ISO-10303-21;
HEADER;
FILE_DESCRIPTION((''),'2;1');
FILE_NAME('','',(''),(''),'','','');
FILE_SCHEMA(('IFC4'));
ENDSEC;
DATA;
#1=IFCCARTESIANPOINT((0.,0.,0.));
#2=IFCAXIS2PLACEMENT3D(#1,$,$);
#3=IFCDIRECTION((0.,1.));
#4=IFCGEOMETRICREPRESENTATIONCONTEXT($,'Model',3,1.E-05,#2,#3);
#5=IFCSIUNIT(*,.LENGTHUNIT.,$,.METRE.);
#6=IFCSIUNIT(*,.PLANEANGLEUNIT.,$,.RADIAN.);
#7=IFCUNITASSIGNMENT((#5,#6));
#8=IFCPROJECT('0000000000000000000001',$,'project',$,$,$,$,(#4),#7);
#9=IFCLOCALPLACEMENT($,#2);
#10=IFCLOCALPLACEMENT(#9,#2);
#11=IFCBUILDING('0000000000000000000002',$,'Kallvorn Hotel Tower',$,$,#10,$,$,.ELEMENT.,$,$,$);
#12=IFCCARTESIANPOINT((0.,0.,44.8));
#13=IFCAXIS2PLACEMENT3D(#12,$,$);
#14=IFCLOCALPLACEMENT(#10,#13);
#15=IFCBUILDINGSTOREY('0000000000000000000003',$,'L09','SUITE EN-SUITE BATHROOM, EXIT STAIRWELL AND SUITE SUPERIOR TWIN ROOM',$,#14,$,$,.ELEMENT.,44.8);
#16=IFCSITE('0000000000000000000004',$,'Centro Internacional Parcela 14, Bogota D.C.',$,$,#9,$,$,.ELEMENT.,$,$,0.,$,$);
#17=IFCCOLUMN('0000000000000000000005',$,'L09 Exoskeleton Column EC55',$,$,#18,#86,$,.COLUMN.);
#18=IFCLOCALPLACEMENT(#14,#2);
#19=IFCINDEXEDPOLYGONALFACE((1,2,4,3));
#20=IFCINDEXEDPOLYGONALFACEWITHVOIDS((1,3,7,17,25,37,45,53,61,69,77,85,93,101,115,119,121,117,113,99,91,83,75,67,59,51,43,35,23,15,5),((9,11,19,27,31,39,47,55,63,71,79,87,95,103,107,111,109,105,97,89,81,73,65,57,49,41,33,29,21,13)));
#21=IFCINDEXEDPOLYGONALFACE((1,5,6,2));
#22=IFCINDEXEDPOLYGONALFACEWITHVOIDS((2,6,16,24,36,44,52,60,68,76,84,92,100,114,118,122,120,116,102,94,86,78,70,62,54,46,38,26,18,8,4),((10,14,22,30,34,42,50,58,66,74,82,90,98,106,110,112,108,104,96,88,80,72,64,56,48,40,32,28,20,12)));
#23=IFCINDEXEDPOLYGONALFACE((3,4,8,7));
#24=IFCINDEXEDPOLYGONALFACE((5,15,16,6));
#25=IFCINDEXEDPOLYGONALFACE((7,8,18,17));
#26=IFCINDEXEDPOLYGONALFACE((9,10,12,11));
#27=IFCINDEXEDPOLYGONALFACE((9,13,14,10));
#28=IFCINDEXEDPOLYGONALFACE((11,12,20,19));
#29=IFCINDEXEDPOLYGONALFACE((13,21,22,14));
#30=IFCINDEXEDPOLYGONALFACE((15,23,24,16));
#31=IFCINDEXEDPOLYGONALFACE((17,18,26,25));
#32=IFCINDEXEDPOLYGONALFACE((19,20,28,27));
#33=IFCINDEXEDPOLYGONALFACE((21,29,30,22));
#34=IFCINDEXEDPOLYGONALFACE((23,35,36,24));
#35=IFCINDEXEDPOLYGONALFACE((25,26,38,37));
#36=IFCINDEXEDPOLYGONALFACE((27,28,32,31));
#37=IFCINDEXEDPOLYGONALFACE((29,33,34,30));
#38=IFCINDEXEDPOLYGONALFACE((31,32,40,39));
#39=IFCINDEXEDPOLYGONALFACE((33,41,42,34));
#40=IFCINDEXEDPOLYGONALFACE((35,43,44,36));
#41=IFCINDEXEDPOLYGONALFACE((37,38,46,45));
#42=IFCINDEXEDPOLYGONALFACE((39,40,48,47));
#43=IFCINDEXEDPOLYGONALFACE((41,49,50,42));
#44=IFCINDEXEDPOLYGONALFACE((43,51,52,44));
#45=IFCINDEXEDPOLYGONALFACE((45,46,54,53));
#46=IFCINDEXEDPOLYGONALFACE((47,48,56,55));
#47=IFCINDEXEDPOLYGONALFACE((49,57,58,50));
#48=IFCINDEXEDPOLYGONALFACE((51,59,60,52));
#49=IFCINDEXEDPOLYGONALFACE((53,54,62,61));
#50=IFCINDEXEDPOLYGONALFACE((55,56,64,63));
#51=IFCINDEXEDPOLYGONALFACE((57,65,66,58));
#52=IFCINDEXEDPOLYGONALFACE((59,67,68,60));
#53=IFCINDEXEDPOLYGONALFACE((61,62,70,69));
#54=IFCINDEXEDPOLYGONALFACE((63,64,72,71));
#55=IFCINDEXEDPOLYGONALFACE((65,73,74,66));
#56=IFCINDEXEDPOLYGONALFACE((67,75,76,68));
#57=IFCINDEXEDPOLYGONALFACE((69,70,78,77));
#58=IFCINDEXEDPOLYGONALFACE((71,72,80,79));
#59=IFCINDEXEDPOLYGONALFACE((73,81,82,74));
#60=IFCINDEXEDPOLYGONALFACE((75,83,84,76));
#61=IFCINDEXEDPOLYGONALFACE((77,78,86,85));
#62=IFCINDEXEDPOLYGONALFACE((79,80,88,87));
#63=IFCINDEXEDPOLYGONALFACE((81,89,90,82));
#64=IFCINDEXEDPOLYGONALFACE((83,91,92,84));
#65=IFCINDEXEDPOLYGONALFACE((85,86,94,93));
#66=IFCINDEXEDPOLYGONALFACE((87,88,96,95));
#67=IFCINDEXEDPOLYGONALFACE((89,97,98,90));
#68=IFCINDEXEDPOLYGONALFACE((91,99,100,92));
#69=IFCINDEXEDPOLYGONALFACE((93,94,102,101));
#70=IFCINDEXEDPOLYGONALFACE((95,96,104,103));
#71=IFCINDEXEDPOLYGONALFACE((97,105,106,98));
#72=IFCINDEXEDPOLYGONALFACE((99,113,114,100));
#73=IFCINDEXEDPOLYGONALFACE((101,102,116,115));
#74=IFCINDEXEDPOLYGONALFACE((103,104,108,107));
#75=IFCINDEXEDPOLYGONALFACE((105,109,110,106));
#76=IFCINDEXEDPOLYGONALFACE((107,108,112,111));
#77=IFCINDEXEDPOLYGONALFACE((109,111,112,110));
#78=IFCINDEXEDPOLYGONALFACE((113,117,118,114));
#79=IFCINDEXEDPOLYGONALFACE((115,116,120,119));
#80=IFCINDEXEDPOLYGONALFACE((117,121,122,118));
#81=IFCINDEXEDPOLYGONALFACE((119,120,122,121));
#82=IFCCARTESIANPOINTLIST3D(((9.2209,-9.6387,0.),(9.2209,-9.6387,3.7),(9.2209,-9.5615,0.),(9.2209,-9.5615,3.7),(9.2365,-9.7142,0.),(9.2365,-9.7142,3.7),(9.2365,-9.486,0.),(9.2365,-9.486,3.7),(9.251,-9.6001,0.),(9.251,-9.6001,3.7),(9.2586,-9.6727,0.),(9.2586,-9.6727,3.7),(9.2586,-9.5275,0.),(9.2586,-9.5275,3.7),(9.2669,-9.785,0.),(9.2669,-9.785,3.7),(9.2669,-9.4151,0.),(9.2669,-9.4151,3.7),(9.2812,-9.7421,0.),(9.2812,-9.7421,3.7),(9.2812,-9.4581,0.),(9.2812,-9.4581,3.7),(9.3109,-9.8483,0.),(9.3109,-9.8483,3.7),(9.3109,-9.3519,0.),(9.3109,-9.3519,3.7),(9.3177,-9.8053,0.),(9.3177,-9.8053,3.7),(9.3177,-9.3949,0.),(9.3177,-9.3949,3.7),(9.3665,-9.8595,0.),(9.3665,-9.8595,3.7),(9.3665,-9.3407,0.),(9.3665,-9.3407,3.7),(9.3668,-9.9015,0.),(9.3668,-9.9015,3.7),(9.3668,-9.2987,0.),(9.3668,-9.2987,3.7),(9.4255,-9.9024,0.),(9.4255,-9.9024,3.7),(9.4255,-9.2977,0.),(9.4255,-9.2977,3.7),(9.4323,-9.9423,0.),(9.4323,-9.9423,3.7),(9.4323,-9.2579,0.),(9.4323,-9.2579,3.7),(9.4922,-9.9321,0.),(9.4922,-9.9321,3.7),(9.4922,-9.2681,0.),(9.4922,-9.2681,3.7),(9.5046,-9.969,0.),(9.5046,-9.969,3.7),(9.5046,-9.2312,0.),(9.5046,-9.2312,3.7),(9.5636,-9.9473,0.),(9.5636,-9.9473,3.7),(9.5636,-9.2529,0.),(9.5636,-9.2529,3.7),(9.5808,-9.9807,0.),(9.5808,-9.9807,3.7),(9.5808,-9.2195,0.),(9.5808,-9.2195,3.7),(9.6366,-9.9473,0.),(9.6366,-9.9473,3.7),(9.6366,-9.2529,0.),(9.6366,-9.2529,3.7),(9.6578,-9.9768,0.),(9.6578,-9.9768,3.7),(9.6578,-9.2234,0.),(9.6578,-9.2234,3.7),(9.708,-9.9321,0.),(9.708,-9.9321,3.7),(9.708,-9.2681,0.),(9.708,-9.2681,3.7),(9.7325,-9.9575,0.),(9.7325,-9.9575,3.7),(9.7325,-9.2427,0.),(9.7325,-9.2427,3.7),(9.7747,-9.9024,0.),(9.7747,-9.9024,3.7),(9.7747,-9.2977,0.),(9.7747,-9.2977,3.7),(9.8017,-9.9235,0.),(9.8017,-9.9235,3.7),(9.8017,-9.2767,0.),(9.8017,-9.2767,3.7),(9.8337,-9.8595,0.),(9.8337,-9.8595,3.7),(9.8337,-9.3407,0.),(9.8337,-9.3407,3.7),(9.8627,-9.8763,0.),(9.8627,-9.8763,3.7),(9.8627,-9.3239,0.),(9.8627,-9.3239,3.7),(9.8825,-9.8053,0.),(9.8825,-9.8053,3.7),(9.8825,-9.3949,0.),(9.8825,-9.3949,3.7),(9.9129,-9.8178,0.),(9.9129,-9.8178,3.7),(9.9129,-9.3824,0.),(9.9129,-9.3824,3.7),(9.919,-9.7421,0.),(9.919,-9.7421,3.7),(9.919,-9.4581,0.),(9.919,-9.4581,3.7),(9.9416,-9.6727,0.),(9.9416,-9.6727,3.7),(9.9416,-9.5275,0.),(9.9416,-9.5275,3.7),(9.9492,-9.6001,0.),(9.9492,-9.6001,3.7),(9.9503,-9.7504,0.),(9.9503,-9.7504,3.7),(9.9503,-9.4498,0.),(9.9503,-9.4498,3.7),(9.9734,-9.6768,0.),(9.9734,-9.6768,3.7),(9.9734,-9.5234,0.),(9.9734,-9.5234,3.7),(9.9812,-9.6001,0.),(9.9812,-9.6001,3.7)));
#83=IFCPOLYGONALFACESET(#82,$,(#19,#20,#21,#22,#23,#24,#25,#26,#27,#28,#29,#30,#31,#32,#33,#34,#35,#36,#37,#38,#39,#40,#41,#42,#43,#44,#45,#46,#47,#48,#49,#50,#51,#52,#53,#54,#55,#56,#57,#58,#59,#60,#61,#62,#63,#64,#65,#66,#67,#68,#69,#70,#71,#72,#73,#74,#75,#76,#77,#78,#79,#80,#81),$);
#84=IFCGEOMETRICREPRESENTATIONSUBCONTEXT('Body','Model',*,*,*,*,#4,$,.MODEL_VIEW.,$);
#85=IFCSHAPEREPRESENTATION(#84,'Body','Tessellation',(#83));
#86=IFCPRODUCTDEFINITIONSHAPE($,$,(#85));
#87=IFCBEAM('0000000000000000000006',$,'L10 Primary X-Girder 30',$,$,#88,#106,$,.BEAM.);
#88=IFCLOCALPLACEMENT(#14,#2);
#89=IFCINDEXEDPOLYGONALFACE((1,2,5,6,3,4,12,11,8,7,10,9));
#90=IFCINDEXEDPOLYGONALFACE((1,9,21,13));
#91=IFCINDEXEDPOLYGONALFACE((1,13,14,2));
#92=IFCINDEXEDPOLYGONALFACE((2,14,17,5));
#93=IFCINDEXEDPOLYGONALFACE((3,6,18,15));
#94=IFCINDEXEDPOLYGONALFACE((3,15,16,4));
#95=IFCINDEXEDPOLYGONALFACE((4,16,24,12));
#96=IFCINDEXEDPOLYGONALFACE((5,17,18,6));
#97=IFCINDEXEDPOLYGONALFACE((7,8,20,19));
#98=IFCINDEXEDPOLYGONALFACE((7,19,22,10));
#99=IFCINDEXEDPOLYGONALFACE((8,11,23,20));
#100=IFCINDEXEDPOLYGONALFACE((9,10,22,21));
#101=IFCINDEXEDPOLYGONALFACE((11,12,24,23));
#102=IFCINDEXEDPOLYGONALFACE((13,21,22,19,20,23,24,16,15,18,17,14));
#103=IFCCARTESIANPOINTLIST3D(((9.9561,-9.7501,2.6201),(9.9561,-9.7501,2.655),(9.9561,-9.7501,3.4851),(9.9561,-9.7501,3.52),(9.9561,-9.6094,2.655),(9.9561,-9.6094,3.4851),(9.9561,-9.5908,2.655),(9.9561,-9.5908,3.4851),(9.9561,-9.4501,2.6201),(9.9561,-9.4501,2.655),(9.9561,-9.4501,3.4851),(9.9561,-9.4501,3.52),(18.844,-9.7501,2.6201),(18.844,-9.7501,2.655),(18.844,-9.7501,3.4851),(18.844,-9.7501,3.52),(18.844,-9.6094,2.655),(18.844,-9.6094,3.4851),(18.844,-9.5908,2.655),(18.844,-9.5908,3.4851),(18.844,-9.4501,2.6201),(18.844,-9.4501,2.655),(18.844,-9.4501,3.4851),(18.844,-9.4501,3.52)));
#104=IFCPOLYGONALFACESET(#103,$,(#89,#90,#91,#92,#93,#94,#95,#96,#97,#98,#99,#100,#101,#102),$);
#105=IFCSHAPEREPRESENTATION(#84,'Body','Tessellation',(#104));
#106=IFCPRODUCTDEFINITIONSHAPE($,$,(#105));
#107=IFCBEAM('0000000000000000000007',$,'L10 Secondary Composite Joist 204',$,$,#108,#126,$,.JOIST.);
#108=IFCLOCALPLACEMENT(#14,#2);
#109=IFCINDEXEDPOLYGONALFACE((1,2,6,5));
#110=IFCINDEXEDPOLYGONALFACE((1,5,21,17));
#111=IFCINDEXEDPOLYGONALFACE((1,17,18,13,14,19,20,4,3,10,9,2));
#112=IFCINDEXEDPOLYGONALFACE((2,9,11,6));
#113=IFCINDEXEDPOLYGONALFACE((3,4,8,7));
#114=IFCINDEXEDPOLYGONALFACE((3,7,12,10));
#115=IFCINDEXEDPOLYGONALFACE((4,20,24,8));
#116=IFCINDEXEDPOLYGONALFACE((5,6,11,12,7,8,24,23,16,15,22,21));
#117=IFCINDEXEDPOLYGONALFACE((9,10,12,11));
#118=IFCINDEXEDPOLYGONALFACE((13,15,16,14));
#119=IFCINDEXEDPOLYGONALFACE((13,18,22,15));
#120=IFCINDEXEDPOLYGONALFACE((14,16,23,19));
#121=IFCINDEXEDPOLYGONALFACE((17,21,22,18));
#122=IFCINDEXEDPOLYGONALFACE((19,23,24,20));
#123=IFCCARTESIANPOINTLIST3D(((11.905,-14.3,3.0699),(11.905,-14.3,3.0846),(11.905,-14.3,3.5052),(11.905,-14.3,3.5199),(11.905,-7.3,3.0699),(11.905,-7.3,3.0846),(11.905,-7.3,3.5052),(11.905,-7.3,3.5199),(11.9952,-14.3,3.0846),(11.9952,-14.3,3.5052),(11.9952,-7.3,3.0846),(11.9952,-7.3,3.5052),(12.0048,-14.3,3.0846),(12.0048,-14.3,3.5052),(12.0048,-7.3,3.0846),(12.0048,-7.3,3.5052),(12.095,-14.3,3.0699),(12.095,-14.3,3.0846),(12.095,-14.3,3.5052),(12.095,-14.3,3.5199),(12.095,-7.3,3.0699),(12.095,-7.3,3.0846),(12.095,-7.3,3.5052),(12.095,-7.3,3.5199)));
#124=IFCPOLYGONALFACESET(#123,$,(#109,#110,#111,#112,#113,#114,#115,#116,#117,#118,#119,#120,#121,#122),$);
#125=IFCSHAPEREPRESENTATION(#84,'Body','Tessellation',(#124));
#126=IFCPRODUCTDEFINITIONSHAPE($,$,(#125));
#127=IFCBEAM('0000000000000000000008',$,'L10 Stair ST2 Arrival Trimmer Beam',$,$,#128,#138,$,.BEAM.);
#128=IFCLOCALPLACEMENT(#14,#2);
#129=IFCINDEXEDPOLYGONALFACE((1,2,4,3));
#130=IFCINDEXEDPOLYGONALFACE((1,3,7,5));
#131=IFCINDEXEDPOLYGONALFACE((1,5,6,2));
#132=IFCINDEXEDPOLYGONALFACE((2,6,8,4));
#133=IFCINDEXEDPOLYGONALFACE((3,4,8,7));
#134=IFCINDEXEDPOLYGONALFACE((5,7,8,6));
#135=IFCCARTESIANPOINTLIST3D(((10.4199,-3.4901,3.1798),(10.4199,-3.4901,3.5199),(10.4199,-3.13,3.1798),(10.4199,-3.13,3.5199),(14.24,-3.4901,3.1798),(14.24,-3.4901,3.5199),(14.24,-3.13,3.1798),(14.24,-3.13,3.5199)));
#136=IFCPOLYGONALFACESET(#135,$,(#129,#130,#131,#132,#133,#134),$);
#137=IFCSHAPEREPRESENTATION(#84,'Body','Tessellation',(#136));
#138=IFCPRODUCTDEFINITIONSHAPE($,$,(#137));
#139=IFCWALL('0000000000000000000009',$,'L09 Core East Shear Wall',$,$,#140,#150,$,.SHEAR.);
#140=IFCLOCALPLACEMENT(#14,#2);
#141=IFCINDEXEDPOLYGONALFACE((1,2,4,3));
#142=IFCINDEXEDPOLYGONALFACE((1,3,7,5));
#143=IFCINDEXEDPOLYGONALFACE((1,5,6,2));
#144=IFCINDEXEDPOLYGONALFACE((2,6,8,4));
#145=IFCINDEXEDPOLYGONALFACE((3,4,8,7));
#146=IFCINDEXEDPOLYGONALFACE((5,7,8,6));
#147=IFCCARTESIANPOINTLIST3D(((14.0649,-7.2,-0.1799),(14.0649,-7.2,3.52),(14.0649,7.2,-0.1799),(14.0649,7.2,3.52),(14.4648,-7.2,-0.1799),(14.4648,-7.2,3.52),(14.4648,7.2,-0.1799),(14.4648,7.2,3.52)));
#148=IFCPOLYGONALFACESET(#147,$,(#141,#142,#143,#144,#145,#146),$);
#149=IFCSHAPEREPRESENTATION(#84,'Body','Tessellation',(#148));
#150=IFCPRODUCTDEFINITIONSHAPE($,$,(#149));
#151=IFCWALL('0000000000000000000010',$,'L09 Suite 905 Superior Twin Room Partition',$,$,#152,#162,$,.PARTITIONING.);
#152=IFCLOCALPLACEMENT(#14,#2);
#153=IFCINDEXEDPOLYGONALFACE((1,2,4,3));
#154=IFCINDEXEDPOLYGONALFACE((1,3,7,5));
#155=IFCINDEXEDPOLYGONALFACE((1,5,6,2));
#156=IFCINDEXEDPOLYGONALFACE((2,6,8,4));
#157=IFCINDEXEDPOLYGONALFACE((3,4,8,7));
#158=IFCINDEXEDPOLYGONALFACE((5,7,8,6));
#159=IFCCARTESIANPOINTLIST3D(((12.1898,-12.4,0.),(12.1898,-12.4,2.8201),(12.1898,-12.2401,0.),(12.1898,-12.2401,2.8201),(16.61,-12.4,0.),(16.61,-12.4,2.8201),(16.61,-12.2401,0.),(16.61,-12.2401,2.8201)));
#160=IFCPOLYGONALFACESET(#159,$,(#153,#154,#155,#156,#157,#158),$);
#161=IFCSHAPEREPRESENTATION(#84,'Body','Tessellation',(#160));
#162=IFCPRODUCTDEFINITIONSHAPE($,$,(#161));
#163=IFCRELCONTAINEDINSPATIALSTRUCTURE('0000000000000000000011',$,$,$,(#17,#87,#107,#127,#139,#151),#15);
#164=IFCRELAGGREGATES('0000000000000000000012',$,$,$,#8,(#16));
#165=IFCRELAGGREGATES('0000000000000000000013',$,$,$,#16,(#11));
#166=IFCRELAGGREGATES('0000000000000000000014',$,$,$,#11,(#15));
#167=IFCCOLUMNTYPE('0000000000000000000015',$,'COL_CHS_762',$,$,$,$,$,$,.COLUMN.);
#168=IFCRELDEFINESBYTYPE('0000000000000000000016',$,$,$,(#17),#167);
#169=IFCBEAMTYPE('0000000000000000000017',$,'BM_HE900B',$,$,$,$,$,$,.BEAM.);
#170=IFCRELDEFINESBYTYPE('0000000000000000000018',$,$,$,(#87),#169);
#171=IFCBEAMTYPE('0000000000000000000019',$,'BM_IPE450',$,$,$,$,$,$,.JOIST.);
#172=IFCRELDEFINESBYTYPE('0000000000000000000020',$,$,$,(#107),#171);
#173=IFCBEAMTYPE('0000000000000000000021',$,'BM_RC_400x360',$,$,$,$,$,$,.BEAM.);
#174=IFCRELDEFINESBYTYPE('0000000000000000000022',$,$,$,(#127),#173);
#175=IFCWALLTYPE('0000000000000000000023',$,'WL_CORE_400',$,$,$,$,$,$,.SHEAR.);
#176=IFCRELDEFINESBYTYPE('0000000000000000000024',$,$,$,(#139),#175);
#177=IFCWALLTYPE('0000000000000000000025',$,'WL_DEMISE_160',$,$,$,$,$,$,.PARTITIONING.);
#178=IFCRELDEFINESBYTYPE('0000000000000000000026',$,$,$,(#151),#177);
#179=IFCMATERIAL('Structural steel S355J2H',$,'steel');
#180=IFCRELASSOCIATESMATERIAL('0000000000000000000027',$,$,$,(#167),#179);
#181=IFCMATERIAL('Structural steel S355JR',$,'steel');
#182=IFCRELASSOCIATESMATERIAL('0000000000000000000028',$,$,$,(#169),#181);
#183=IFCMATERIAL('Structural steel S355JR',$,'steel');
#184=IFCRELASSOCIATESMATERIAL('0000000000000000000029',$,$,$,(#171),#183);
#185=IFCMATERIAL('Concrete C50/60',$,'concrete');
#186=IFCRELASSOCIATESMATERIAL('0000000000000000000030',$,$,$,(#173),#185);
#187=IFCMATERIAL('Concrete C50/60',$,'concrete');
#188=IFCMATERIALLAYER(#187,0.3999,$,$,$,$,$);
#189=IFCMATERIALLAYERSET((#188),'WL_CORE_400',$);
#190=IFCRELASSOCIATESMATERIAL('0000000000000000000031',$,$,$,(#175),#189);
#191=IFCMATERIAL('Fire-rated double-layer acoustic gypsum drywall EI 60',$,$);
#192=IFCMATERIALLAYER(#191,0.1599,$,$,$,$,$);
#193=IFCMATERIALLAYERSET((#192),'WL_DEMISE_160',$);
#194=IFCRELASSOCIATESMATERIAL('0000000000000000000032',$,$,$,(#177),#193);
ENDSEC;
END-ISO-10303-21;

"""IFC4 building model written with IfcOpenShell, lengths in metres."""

from ifc_helpers import new_model, si_unit, direction, frame, frame_2d, origin, origin_2d, place, context, subcontext, project, spatial, rectangle, hollow_circle, i_section, extrude, material, layer, layer_set, material_profile, profile_set, type_object, element, save


model = new_model("IFC4")

# Units and contexts
model_context = context("Model", 3, precision=1e-05, world=origin(), true_north=direction((0.0, 1.0)))
body_context = subcontext(model_context, "Body", "Model", "MODEL_VIEW")
ifc_project = project(units=[si_unit("LENGTHUNIT", "METRE"), si_unit("PLANEANGLEUNIT", "RADIAN")], contexts=[model_context])

# Site, building, storey
site_placement = place(None, origin())
site = spatial("IfcSite", under=ifc_project, at=site_placement, Name="Centro Internacional Parcela 14, Bogota D.C.", CompositionType="ELEMENT", RefElevation=0.0)
building_placement = place(site_placement, origin())
building = spatial("IfcBuilding", under=site, at=building_placement, Name="Kallvorn Hotel Tower", CompositionType="ELEMENT")
storey_placement = place(building_placement, frame((0.0, 0.0, 44.8)))
storey = spatial("IfcBuildingStorey", under=building, at=storey_placement, Name="L09", Description="SUITE EN-SUITE BATHROOM, EXIT STAIRWELL AND SUITE SUPERIOR TWIN ROOM", CompositionType="ELEMENT", Elevation=44.8)

# Column
ifc_material_1 = material(Name="Structural steel S355J2H", Category="steel")
ifc_material_profile_1 = material_profile(ifc_material_1, hollow_circle(Radius=0.3811, WallThickness=0.032, at=origin_2d()), Name="CHS 762x32")
ifc_profile_set_1 = profile_set([ifc_material_profile_1], Name="Structural steel S355J2H")
column_type = type_object("IfcColumnType", Name="COL_CHS_762", PredefinedType="COLUMN", material=ifc_profile_set_1)
column_placement = place(storey_placement, frame((9.6001, -9.6001, 0.0), z_axis=(0.0, 0.0, 1.0), x_axis=(1.0, 0.0, 0.0)))
element("IfcColumn", 1, at=column_placement, inside=storey, type_object=column_type, Name="L09 Exoskeleton Column EC55", PredefinedType="COLUMN", context=body_context, shape_type="SweptSolid", body=[
    extrude(hollow_circle(Radius=0.3811, WallThickness=0.032, at=origin_2d()), origin(), (0.0, 0.0, 1.0), 3.7),
])

# Beams
ifc_material_2 = material(Name="Structural steel S355JR", Category="steel")
ifc_material_profile_2 = material_profile(ifc_material_2, i_section(OverallWidth=0.3, OverallDepth=0.8999, WebThickness=0.0186, FlangeThickness=0.0349, at=origin_2d()), Name="HE 900 B")
ifc_profile_set_2 = profile_set([ifc_material_profile_2], Name="Structural steel S355JR")
beam_type_1 = type_object("IfcBeamType", Name="BM_HE900B", PredefinedType="BEAM", material=ifc_profile_set_2)
beam_1_placement = place(storey_placement, frame((9.9561, -9.6001, 3.0701), z_axis=(1.0, 0.0, 0.0), x_axis=(0.0, 1.0, 0.0)))
element("IfcBeam", 2, at=beam_1_placement, inside=storey, type_object=beam_type_1, Name="L10 Primary X-Girder 30", PredefinedType="BEAM", context=body_context, shape_type="SweptSolid", body=[
    extrude(i_section(OverallWidth=0.3, OverallDepth=0.8999, WebThickness=0.0186, FlangeThickness=0.0349, at=origin_2d()), origin(), (0.0, 0.0, 1.0), 8.8879),
])
ifc_material_3 = material(Name="Structural steel S355JR", Category="steel")
ifc_material_profile_3 = material_profile(ifc_material_3, i_section(OverallWidth=0.1899, OverallDepth=0.45, WebThickness=0.0095, FlangeThickness=0.0146, at=origin_2d()), Name="IPE 450")
ifc_profile_set_3 = profile_set([ifc_material_profile_3], Name="Structural steel S355JR")
beam_type_2 = type_object("IfcBeamType", Name="BM_IPE450", PredefinedType="JOIST", material=ifc_profile_set_3)
beam_2_placement = place(storey_placement, frame((12.0, -14.3, 3.2949), z_axis=(0.0, 1.0, 0.0), x_axis=(-1.0, 0.0, 0.0)))
element("IfcBeam", 3, at=beam_2_placement, inside=storey, type_object=beam_type_2, Name="L10 Secondary Composite Joist 204", PredefinedType="JOIST", context=body_context, shape_type="SweptSolid", body=[
    extrude(i_section(OverallWidth=0.1899, OverallDepth=0.45, WebThickness=0.0095, FlangeThickness=0.0146, at=origin_2d()), origin(), (0.0, 0.0, 1.0), 7.0),
])
ifc_material_4 = material(Name="Concrete C50/60", Category="concrete")
ifc_material_profile_4 = material_profile(ifc_material_4, rectangle(XDim=0.3601, YDim=0.3401, at=origin_2d()), Name="RC 360x340")
ifc_profile_set_4 = profile_set([ifc_material_profile_4], Name="Concrete C50/60")
beam_type_3 = type_object("IfcBeamType", Name="BM_RC_400x360", PredefinedType="BEAM", material=ifc_profile_set_4)
beam_3_placement = place(storey_placement, frame((14.24, -3.3101, 3.3499), z_axis=(-1.0, 0.0, 0.0), x_axis=(0.0, -1.0, 0.0)))
element("IfcBeam", 4, at=beam_3_placement, inside=storey, type_object=beam_type_3, Name="L10 Stair ST2 Arrival Trimmer Beam", PredefinedType="BEAM", context=body_context, shape_type="SweptSolid", body=[
    extrude(rectangle(XDim=0.3601, YDim=0.3401, at=origin_2d()), origin(), (0.0, 0.0, 1.0), 3.8201),
])

# Walls
ifc_material_5 = material(Name="Concrete C50/60", Category="concrete")
ifc_layer_1 = layer(ifc_material_5, 0.3999)
ifc_layer_set_1 = layer_set([ifc_layer_1], Name="WL_CORE_400")
wall_type_1 = type_object("IfcWallType", Name="WL_CORE_400", PredefinedType="SHEAR", material=ifc_layer_set_1)
wall_1_placement = place(storey_placement, frame((14.2649, -7.2, -0.1799), z_axis=(0.0, 0.0, 1.0), x_axis=(0.0, 1.0, 0.0)))
element("IfcWall", 5, at=wall_1_placement, inside=storey, type_object=wall_type_1, Name="L09 Core East Shear Wall", PredefinedType="SHEAR", context=body_context, shape_type="SweptSolid", body=[
    extrude(rectangle(XDim=14.3999, YDim=0.3999, at=frame_2d((7.2, 0.0))), origin(), (0.0, 0.0, 1.0), 3.7),
])
ifc_material_6 = material(Name="Fire-rated double-layer acoustic gypsum drywall EI 60")
ifc_layer_2 = layer(ifc_material_6, 0.1599)
ifc_layer_set_2 = layer_set([ifc_layer_2], Name="WL_DEMISE_160")
wall_type_2 = type_object("IfcWallType", Name="WL_DEMISE_160", PredefinedType="PARTITIONING", material=ifc_layer_set_2)
wall_2_placement = place(storey_placement, frame((12.1899, -12.3201, 0.0), z_axis=(0.0, 0.0, 1.0), x_axis=(1.0, 0.0, 0.0)))
element("IfcWall", 6, at=wall_2_placement, inside=storey, type_object=wall_type_2, Name="L09 Suite 905 Superior Twin Room Partition", PredefinedType="PARTITIONING", context=body_context, shape_type="SweptSolid", body=[
    extrude(rectangle(XDim=4.4202, YDim=0.1599, at=frame_2d((2.21, 0.0))), origin(), (0.0, 0.0, 1.0), 2.8201),
])

save(model, "model.ifc")
